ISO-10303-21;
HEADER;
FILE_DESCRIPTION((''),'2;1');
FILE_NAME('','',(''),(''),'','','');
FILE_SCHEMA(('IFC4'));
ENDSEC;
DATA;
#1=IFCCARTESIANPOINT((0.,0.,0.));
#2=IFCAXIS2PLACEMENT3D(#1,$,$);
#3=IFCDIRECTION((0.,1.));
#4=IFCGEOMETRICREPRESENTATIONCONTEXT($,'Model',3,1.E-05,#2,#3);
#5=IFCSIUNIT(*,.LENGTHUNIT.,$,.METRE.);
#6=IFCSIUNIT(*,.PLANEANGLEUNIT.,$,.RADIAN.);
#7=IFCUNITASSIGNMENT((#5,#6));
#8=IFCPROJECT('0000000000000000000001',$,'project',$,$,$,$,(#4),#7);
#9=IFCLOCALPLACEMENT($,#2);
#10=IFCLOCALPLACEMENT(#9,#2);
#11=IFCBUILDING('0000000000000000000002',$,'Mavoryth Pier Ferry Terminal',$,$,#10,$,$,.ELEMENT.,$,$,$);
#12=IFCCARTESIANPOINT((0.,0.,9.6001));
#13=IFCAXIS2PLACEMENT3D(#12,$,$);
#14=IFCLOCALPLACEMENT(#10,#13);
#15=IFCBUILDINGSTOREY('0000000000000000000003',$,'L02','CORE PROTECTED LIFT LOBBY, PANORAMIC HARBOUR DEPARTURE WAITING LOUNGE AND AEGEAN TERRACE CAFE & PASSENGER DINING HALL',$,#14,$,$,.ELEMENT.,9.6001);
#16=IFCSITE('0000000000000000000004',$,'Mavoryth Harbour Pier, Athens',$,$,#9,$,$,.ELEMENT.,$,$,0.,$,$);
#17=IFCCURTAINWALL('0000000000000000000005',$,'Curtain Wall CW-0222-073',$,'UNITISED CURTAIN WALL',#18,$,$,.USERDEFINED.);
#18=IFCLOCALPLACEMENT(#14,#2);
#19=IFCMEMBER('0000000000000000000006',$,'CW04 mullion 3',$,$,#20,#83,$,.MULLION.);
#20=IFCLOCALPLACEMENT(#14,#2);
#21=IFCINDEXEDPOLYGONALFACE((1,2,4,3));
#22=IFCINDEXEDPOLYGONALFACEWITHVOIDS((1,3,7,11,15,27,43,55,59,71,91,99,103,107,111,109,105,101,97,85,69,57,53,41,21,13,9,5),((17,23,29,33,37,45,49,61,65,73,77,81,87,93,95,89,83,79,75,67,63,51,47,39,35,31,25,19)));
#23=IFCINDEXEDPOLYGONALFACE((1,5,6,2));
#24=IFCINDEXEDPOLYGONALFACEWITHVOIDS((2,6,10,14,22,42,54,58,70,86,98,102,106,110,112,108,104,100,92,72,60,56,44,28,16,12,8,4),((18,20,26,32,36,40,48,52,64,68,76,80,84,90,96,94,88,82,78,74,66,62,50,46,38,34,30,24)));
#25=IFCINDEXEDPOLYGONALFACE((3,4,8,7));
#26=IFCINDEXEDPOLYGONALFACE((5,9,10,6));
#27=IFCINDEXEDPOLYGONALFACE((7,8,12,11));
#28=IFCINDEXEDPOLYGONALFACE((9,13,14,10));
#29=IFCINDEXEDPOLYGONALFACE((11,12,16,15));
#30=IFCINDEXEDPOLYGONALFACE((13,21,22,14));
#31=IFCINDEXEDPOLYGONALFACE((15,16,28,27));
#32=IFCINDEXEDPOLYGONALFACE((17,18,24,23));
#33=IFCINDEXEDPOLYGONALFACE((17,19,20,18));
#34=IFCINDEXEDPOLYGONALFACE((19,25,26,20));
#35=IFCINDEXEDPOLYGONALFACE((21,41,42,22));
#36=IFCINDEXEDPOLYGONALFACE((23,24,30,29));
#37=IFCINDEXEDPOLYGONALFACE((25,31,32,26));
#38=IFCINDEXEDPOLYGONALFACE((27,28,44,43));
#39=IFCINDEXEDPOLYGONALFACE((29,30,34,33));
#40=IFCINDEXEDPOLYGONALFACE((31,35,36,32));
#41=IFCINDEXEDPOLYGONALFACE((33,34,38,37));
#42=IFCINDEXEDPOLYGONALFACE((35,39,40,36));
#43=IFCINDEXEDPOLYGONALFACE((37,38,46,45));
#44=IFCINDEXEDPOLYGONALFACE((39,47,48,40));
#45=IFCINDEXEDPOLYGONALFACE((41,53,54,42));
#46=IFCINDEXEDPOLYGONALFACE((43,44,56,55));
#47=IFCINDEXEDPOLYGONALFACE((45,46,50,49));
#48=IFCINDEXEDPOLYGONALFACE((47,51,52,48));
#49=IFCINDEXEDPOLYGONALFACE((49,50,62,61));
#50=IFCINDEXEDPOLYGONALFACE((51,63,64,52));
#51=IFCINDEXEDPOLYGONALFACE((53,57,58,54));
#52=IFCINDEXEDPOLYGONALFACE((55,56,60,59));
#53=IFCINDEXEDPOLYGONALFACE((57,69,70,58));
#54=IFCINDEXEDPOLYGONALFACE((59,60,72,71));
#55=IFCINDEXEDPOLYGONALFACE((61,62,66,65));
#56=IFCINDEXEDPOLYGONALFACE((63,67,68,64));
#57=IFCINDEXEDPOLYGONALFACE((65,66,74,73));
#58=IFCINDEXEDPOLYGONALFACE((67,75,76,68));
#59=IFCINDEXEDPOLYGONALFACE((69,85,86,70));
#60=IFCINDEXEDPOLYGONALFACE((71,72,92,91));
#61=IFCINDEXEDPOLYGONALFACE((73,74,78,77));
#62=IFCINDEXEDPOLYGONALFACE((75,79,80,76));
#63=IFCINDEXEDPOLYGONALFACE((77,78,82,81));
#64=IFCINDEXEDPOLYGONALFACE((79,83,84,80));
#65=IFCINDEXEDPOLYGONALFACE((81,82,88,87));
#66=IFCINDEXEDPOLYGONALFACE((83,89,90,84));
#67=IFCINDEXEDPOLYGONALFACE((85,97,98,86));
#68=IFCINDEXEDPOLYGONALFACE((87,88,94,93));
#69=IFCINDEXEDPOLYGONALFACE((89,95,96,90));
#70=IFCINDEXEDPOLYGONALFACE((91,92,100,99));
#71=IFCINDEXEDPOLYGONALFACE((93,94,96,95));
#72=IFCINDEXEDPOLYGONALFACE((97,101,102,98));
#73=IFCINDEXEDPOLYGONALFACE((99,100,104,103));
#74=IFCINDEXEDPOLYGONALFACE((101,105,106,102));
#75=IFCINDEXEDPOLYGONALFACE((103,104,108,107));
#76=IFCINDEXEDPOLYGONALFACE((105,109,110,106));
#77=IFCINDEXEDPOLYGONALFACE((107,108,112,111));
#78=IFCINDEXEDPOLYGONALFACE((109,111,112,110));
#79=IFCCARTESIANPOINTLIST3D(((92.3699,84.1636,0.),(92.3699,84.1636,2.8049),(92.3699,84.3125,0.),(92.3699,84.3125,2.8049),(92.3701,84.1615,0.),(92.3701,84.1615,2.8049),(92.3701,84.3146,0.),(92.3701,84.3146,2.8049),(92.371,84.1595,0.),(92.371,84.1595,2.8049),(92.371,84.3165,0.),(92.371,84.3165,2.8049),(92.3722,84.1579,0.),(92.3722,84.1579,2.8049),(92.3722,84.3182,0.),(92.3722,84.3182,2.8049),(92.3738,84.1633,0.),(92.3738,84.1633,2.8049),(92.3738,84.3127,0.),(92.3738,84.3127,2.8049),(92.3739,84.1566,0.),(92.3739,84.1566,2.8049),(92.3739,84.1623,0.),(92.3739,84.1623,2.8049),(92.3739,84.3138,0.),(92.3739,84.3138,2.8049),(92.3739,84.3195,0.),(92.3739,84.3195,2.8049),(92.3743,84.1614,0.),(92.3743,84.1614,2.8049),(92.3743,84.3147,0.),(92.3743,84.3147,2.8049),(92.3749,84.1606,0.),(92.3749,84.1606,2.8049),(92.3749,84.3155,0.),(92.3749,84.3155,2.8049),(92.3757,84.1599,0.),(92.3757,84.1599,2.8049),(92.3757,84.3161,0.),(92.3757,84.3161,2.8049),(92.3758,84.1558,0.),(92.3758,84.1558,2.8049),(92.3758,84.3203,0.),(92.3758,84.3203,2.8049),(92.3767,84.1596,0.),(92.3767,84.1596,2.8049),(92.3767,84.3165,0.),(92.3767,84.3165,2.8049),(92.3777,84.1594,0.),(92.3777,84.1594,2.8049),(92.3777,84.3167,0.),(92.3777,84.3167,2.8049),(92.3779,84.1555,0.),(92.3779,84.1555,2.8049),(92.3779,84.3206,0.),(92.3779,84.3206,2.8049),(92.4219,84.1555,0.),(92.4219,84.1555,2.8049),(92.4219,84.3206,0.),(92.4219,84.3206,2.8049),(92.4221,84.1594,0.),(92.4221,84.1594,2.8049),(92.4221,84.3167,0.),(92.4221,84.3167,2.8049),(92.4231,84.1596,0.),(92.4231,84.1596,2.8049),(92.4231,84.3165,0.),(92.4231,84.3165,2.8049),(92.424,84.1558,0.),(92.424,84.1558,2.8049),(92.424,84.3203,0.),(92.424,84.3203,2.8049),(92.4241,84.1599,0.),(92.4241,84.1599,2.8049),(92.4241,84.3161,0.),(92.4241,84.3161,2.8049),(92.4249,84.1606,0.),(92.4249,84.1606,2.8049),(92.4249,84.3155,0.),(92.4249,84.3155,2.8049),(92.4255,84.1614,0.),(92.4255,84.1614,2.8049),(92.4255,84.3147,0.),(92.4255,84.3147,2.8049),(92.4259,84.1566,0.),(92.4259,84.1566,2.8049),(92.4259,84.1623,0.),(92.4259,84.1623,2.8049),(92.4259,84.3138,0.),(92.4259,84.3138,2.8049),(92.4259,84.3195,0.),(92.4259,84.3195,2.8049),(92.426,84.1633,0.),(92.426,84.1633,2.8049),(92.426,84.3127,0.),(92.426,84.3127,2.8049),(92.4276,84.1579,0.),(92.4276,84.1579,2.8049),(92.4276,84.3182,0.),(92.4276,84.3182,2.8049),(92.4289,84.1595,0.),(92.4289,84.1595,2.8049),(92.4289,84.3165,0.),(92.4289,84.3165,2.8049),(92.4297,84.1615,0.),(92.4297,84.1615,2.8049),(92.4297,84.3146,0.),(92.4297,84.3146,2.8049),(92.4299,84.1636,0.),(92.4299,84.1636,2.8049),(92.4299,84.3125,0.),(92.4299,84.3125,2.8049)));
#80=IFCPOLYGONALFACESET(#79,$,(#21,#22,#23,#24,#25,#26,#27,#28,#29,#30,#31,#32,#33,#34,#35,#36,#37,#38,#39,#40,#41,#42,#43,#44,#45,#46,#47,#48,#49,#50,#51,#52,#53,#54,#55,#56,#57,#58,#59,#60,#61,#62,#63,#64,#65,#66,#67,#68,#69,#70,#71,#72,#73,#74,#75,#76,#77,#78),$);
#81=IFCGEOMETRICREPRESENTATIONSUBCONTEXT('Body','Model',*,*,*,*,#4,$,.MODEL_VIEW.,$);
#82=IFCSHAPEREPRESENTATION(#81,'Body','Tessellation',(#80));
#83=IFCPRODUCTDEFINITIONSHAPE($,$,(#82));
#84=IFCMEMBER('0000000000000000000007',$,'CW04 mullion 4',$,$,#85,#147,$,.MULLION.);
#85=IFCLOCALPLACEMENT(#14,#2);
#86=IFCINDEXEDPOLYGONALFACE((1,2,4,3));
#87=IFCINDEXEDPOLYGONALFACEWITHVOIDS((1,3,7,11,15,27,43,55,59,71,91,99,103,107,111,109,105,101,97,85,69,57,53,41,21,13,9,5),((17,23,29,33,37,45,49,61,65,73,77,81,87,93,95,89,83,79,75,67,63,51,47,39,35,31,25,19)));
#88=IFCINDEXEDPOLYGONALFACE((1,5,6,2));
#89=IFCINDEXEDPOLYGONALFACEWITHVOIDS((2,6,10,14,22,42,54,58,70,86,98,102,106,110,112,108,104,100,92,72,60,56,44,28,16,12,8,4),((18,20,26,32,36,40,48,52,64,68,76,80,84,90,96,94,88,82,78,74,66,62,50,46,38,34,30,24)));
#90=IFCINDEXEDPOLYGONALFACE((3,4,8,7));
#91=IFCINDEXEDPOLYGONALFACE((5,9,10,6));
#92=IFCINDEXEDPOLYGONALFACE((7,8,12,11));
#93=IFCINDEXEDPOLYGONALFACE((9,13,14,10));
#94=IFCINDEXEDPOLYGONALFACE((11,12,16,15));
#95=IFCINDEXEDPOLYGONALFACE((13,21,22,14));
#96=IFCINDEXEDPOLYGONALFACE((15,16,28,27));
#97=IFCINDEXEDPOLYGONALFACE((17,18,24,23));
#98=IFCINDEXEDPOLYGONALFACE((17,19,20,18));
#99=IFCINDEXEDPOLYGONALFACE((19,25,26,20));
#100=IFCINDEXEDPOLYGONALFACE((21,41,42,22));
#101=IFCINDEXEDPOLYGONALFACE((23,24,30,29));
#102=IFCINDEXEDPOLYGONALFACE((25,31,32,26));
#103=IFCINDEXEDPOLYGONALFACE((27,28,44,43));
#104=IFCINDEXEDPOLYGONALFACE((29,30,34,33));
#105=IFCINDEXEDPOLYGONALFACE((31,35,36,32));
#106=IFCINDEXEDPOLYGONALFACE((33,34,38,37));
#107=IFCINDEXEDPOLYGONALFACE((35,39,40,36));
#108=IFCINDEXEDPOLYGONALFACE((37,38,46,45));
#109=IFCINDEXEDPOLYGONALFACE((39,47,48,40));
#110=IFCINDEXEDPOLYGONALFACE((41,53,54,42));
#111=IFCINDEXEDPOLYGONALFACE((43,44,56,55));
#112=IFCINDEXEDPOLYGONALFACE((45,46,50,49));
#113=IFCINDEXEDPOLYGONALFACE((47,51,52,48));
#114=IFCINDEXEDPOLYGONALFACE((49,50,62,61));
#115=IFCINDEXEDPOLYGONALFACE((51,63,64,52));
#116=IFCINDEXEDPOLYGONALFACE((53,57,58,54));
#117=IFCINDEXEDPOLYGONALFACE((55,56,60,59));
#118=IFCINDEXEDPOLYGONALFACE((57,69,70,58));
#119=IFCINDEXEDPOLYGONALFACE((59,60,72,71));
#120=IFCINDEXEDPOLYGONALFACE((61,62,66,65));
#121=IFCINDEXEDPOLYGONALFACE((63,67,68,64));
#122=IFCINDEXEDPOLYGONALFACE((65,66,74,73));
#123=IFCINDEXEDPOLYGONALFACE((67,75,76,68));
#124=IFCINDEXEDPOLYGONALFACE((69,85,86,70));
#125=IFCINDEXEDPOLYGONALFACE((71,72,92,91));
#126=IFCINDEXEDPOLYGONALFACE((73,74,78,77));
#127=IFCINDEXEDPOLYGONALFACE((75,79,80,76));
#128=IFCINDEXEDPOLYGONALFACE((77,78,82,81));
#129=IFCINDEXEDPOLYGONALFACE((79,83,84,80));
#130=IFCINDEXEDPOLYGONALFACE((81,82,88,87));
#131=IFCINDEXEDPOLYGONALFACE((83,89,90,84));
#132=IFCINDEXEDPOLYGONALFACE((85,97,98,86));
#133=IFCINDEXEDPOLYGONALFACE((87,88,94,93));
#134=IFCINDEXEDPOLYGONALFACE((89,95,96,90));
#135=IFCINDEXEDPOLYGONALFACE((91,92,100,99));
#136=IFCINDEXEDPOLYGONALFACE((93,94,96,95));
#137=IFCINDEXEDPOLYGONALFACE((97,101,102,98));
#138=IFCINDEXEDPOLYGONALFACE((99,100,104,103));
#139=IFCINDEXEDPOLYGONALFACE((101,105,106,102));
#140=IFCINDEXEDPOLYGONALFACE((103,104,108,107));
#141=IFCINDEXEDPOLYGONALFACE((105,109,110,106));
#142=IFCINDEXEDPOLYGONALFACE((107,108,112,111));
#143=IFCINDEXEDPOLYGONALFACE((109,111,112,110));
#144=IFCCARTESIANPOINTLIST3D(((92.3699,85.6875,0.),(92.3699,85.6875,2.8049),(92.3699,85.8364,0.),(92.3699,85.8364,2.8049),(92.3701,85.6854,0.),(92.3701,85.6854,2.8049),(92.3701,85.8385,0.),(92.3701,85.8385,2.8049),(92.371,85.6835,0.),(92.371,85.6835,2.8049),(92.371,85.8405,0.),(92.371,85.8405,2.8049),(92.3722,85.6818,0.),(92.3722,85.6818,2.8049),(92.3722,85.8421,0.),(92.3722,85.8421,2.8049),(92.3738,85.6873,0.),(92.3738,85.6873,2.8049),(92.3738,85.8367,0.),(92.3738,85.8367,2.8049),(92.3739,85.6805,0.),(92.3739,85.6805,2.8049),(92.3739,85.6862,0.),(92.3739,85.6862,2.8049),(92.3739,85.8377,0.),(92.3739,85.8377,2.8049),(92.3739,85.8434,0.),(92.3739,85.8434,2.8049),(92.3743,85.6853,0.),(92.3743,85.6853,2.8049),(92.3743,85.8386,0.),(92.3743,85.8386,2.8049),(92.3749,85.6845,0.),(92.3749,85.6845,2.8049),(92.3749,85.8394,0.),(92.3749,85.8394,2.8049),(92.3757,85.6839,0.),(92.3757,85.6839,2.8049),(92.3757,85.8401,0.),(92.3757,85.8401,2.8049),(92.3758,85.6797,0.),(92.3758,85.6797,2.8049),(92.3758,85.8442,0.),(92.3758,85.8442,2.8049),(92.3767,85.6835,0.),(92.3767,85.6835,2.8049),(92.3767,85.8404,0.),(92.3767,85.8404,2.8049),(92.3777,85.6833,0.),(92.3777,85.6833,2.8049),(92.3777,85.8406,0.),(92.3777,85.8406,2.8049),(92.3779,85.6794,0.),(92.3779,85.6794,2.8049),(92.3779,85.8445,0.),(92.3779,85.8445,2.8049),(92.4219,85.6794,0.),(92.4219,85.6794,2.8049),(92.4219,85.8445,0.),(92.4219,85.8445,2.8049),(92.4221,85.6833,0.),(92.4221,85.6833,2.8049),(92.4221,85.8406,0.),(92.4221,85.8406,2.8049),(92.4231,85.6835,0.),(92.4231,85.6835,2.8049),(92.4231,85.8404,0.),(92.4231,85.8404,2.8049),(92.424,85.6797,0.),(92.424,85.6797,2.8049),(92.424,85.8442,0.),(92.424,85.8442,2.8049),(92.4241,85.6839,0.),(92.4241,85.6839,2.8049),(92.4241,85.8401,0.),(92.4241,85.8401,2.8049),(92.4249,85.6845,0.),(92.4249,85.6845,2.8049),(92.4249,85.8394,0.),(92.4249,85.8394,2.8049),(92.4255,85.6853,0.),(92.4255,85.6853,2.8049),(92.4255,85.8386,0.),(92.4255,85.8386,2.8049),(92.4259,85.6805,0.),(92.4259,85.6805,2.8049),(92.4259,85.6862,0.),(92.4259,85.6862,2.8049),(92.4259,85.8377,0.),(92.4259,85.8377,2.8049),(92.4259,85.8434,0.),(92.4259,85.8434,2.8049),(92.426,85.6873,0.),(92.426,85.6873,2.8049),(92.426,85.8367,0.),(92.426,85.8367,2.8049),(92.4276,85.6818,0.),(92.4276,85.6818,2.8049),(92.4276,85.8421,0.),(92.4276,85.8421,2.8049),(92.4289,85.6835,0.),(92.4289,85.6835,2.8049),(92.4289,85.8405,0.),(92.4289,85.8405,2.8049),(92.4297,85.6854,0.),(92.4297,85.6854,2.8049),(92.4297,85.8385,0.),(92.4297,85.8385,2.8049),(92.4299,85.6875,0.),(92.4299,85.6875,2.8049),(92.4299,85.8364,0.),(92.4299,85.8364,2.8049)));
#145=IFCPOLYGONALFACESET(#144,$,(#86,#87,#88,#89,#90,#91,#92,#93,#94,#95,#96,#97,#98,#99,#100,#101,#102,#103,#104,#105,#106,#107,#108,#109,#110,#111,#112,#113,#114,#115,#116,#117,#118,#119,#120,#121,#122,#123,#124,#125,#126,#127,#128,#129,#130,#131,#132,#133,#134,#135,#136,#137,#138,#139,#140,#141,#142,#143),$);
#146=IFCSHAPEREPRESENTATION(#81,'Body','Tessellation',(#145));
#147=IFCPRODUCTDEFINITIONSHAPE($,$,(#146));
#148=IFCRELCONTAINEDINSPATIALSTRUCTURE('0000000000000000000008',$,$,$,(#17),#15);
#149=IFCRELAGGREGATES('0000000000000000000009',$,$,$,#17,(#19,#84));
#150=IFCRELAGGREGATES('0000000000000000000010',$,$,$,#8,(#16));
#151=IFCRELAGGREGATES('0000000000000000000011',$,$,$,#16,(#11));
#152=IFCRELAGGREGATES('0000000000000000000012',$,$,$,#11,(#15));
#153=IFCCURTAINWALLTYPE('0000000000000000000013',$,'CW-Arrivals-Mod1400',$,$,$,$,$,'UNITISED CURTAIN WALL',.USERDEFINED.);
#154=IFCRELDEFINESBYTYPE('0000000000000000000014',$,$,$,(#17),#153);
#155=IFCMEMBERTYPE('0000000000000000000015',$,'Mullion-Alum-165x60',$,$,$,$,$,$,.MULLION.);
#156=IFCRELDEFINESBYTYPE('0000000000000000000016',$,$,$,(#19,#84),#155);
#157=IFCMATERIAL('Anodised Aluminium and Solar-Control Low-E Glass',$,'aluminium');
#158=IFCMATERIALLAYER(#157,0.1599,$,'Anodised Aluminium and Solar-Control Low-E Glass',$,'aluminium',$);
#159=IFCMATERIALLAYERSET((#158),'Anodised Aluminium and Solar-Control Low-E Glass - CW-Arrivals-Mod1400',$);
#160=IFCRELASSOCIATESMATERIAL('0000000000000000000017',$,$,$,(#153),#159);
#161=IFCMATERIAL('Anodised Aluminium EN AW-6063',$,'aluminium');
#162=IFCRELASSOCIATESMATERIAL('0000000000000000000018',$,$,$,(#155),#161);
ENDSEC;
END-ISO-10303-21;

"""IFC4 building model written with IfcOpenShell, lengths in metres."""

from ifc_helpers import new_model, si_unit, direction, frame, origin, origin_2d, place, context, subcontext, project, spatial, hollow_rectangle, extrude, material, layer, layer_set, material_profile, profile_set, type_object, element, aggregate, save


model = new_model("IFC4")

# Units and contexts
model_context = context("Model", 3, precision=1e-05, world=origin(), true_north=direction((0.0, 1.0)))
body_context = subcontext(model_context, "Body", "Model", "MODEL_VIEW")
ifc_project = project(units=[si_unit("LENGTHUNIT", "METRE"), si_unit("PLANEANGLEUNIT", "RADIAN")], contexts=[model_context])

# Site, building, storey
site_placement = place(None, origin())
site = spatial("IfcSite", under=ifc_project, at=site_placement, Name="Mavoryth Harbour Pier, Athens", CompositionType="ELEMENT", RefElevation=0.0)
building_placement = place(site_placement, origin())
building = spatial("IfcBuilding", under=site, at=building_placement, Name="Mavoryth Pier Ferry Terminal", CompositionType="ELEMENT")
storey_placement = place(building_placement, frame((0.0, 0.0, 9.6001)))
storey = spatial("IfcBuildingStorey", under=building, at=storey_placement, Name="L02", Description="CORE PROTECTED LIFT LOBBY, PANORAMIC HARBOUR DEPARTURE WAITING LOUNGE AND AEGEAN TERRACE CAFE & PASSENGER DINING HALL", CompositionType="ELEMENT", Elevation=9.6001)

# Curtain wall, members
ifc_material_1 = material(Name="Anodised Aluminium and Solar-Control Low-E Glass", Category="aluminium")
ifc_layer_1 = layer(ifc_material_1, 0.1599, Name="Anodised Aluminium and Solar-Control Low-E Glass", Category="aluminium")
ifc_layer_set_1 = layer_set([ifc_layer_1], Name="Anodised Aluminium and Solar-Control Low-E Glass - CW-Arrivals-Mod1400")
curtain_wall_type = type_object("IfcCurtainWallType", Name="CW-Arrivals-Mod1400", ElementType="UNITISED CURTAIN WALL", PredefinedType="USERDEFINED", material=ifc_layer_set_1)
curtain_wall_placement = place(storey_placement, origin())
curtain_wall = element("IfcCurtainWall", 1, at=curtain_wall_placement, inside=storey, type_object=curtain_wall_type, Name="Curtain Wall CW-0222-073", ObjectType="UNITISED CURTAIN WALL", PredefinedType="USERDEFINED")
ifc_material_2 = material(Name="Anodised Aluminium EN AW-6063", Category="aluminium")
ifc_material_profile_1 = material_profile(ifc_material_2, hollow_rectangle(XDim=0.0601, YDim=0.165, WallThickness=0.0039, InnerFilletRadius=0.0039, OuterFilletRadius=0.0081, at=origin_2d()), Name="AL-MULL 165x60x4", Category="aluminium")
ifc_profile_set_1 = profile_set([ifc_material_profile_1], Name="Anodised Aluminium EN AW-6063 - AL-MULL 165x60x4")
member_type_1 = type_object("IfcMemberType", Name="Mullion-Alum-165x60", PredefinedType="MULLION", material=ifc_profile_set_1)
member_1_placement = place(storey_placement, frame((92.3999, 84.238, 0.0), z_axis=(0.0, 0.0, 1.0), x_axis=(-1.0, 0.0, 0.0)))
member_1 = element("IfcMember", 2, at=member_1_placement, type_object=member_type_1, Name="CW04 mullion 3", PredefinedType="MULLION", context=body_context, shape_type="SweptSolid", body=[
    extrude(hollow_rectangle(XDim=0.0601, YDim=0.165, WallThickness=0.0039, InnerFilletRadius=0.0039, OuterFilletRadius=0.0081, at=origin_2d()), origin(), (0.0, 0.0, 1.0), 2.8049),
])
member_2_placement = place(storey_placement, frame((92.3999, 85.762, 0.0), z_axis=(0.0, 0.0, 1.0), x_axis=(-1.0, 0.0, 0.0)))
member_2 = element("IfcMember", 3, at=member_2_placement, type_object=member_type_1, Name="CW04 mullion 4", PredefinedType="MULLION", context=body_context, shape_type="SweptSolid", body=[
    extrude(hollow_rectangle(XDim=0.0601, YDim=0.165, WallThickness=0.0039, InnerFilletRadius=0.0039, OuterFilletRadius=0.0081, at=origin_2d()), origin(), (0.0, 0.0, 1.0), 2.8049),
])
aggregate(curtain_wall, [member_1, member_2])

save(model, "model.ifc")
